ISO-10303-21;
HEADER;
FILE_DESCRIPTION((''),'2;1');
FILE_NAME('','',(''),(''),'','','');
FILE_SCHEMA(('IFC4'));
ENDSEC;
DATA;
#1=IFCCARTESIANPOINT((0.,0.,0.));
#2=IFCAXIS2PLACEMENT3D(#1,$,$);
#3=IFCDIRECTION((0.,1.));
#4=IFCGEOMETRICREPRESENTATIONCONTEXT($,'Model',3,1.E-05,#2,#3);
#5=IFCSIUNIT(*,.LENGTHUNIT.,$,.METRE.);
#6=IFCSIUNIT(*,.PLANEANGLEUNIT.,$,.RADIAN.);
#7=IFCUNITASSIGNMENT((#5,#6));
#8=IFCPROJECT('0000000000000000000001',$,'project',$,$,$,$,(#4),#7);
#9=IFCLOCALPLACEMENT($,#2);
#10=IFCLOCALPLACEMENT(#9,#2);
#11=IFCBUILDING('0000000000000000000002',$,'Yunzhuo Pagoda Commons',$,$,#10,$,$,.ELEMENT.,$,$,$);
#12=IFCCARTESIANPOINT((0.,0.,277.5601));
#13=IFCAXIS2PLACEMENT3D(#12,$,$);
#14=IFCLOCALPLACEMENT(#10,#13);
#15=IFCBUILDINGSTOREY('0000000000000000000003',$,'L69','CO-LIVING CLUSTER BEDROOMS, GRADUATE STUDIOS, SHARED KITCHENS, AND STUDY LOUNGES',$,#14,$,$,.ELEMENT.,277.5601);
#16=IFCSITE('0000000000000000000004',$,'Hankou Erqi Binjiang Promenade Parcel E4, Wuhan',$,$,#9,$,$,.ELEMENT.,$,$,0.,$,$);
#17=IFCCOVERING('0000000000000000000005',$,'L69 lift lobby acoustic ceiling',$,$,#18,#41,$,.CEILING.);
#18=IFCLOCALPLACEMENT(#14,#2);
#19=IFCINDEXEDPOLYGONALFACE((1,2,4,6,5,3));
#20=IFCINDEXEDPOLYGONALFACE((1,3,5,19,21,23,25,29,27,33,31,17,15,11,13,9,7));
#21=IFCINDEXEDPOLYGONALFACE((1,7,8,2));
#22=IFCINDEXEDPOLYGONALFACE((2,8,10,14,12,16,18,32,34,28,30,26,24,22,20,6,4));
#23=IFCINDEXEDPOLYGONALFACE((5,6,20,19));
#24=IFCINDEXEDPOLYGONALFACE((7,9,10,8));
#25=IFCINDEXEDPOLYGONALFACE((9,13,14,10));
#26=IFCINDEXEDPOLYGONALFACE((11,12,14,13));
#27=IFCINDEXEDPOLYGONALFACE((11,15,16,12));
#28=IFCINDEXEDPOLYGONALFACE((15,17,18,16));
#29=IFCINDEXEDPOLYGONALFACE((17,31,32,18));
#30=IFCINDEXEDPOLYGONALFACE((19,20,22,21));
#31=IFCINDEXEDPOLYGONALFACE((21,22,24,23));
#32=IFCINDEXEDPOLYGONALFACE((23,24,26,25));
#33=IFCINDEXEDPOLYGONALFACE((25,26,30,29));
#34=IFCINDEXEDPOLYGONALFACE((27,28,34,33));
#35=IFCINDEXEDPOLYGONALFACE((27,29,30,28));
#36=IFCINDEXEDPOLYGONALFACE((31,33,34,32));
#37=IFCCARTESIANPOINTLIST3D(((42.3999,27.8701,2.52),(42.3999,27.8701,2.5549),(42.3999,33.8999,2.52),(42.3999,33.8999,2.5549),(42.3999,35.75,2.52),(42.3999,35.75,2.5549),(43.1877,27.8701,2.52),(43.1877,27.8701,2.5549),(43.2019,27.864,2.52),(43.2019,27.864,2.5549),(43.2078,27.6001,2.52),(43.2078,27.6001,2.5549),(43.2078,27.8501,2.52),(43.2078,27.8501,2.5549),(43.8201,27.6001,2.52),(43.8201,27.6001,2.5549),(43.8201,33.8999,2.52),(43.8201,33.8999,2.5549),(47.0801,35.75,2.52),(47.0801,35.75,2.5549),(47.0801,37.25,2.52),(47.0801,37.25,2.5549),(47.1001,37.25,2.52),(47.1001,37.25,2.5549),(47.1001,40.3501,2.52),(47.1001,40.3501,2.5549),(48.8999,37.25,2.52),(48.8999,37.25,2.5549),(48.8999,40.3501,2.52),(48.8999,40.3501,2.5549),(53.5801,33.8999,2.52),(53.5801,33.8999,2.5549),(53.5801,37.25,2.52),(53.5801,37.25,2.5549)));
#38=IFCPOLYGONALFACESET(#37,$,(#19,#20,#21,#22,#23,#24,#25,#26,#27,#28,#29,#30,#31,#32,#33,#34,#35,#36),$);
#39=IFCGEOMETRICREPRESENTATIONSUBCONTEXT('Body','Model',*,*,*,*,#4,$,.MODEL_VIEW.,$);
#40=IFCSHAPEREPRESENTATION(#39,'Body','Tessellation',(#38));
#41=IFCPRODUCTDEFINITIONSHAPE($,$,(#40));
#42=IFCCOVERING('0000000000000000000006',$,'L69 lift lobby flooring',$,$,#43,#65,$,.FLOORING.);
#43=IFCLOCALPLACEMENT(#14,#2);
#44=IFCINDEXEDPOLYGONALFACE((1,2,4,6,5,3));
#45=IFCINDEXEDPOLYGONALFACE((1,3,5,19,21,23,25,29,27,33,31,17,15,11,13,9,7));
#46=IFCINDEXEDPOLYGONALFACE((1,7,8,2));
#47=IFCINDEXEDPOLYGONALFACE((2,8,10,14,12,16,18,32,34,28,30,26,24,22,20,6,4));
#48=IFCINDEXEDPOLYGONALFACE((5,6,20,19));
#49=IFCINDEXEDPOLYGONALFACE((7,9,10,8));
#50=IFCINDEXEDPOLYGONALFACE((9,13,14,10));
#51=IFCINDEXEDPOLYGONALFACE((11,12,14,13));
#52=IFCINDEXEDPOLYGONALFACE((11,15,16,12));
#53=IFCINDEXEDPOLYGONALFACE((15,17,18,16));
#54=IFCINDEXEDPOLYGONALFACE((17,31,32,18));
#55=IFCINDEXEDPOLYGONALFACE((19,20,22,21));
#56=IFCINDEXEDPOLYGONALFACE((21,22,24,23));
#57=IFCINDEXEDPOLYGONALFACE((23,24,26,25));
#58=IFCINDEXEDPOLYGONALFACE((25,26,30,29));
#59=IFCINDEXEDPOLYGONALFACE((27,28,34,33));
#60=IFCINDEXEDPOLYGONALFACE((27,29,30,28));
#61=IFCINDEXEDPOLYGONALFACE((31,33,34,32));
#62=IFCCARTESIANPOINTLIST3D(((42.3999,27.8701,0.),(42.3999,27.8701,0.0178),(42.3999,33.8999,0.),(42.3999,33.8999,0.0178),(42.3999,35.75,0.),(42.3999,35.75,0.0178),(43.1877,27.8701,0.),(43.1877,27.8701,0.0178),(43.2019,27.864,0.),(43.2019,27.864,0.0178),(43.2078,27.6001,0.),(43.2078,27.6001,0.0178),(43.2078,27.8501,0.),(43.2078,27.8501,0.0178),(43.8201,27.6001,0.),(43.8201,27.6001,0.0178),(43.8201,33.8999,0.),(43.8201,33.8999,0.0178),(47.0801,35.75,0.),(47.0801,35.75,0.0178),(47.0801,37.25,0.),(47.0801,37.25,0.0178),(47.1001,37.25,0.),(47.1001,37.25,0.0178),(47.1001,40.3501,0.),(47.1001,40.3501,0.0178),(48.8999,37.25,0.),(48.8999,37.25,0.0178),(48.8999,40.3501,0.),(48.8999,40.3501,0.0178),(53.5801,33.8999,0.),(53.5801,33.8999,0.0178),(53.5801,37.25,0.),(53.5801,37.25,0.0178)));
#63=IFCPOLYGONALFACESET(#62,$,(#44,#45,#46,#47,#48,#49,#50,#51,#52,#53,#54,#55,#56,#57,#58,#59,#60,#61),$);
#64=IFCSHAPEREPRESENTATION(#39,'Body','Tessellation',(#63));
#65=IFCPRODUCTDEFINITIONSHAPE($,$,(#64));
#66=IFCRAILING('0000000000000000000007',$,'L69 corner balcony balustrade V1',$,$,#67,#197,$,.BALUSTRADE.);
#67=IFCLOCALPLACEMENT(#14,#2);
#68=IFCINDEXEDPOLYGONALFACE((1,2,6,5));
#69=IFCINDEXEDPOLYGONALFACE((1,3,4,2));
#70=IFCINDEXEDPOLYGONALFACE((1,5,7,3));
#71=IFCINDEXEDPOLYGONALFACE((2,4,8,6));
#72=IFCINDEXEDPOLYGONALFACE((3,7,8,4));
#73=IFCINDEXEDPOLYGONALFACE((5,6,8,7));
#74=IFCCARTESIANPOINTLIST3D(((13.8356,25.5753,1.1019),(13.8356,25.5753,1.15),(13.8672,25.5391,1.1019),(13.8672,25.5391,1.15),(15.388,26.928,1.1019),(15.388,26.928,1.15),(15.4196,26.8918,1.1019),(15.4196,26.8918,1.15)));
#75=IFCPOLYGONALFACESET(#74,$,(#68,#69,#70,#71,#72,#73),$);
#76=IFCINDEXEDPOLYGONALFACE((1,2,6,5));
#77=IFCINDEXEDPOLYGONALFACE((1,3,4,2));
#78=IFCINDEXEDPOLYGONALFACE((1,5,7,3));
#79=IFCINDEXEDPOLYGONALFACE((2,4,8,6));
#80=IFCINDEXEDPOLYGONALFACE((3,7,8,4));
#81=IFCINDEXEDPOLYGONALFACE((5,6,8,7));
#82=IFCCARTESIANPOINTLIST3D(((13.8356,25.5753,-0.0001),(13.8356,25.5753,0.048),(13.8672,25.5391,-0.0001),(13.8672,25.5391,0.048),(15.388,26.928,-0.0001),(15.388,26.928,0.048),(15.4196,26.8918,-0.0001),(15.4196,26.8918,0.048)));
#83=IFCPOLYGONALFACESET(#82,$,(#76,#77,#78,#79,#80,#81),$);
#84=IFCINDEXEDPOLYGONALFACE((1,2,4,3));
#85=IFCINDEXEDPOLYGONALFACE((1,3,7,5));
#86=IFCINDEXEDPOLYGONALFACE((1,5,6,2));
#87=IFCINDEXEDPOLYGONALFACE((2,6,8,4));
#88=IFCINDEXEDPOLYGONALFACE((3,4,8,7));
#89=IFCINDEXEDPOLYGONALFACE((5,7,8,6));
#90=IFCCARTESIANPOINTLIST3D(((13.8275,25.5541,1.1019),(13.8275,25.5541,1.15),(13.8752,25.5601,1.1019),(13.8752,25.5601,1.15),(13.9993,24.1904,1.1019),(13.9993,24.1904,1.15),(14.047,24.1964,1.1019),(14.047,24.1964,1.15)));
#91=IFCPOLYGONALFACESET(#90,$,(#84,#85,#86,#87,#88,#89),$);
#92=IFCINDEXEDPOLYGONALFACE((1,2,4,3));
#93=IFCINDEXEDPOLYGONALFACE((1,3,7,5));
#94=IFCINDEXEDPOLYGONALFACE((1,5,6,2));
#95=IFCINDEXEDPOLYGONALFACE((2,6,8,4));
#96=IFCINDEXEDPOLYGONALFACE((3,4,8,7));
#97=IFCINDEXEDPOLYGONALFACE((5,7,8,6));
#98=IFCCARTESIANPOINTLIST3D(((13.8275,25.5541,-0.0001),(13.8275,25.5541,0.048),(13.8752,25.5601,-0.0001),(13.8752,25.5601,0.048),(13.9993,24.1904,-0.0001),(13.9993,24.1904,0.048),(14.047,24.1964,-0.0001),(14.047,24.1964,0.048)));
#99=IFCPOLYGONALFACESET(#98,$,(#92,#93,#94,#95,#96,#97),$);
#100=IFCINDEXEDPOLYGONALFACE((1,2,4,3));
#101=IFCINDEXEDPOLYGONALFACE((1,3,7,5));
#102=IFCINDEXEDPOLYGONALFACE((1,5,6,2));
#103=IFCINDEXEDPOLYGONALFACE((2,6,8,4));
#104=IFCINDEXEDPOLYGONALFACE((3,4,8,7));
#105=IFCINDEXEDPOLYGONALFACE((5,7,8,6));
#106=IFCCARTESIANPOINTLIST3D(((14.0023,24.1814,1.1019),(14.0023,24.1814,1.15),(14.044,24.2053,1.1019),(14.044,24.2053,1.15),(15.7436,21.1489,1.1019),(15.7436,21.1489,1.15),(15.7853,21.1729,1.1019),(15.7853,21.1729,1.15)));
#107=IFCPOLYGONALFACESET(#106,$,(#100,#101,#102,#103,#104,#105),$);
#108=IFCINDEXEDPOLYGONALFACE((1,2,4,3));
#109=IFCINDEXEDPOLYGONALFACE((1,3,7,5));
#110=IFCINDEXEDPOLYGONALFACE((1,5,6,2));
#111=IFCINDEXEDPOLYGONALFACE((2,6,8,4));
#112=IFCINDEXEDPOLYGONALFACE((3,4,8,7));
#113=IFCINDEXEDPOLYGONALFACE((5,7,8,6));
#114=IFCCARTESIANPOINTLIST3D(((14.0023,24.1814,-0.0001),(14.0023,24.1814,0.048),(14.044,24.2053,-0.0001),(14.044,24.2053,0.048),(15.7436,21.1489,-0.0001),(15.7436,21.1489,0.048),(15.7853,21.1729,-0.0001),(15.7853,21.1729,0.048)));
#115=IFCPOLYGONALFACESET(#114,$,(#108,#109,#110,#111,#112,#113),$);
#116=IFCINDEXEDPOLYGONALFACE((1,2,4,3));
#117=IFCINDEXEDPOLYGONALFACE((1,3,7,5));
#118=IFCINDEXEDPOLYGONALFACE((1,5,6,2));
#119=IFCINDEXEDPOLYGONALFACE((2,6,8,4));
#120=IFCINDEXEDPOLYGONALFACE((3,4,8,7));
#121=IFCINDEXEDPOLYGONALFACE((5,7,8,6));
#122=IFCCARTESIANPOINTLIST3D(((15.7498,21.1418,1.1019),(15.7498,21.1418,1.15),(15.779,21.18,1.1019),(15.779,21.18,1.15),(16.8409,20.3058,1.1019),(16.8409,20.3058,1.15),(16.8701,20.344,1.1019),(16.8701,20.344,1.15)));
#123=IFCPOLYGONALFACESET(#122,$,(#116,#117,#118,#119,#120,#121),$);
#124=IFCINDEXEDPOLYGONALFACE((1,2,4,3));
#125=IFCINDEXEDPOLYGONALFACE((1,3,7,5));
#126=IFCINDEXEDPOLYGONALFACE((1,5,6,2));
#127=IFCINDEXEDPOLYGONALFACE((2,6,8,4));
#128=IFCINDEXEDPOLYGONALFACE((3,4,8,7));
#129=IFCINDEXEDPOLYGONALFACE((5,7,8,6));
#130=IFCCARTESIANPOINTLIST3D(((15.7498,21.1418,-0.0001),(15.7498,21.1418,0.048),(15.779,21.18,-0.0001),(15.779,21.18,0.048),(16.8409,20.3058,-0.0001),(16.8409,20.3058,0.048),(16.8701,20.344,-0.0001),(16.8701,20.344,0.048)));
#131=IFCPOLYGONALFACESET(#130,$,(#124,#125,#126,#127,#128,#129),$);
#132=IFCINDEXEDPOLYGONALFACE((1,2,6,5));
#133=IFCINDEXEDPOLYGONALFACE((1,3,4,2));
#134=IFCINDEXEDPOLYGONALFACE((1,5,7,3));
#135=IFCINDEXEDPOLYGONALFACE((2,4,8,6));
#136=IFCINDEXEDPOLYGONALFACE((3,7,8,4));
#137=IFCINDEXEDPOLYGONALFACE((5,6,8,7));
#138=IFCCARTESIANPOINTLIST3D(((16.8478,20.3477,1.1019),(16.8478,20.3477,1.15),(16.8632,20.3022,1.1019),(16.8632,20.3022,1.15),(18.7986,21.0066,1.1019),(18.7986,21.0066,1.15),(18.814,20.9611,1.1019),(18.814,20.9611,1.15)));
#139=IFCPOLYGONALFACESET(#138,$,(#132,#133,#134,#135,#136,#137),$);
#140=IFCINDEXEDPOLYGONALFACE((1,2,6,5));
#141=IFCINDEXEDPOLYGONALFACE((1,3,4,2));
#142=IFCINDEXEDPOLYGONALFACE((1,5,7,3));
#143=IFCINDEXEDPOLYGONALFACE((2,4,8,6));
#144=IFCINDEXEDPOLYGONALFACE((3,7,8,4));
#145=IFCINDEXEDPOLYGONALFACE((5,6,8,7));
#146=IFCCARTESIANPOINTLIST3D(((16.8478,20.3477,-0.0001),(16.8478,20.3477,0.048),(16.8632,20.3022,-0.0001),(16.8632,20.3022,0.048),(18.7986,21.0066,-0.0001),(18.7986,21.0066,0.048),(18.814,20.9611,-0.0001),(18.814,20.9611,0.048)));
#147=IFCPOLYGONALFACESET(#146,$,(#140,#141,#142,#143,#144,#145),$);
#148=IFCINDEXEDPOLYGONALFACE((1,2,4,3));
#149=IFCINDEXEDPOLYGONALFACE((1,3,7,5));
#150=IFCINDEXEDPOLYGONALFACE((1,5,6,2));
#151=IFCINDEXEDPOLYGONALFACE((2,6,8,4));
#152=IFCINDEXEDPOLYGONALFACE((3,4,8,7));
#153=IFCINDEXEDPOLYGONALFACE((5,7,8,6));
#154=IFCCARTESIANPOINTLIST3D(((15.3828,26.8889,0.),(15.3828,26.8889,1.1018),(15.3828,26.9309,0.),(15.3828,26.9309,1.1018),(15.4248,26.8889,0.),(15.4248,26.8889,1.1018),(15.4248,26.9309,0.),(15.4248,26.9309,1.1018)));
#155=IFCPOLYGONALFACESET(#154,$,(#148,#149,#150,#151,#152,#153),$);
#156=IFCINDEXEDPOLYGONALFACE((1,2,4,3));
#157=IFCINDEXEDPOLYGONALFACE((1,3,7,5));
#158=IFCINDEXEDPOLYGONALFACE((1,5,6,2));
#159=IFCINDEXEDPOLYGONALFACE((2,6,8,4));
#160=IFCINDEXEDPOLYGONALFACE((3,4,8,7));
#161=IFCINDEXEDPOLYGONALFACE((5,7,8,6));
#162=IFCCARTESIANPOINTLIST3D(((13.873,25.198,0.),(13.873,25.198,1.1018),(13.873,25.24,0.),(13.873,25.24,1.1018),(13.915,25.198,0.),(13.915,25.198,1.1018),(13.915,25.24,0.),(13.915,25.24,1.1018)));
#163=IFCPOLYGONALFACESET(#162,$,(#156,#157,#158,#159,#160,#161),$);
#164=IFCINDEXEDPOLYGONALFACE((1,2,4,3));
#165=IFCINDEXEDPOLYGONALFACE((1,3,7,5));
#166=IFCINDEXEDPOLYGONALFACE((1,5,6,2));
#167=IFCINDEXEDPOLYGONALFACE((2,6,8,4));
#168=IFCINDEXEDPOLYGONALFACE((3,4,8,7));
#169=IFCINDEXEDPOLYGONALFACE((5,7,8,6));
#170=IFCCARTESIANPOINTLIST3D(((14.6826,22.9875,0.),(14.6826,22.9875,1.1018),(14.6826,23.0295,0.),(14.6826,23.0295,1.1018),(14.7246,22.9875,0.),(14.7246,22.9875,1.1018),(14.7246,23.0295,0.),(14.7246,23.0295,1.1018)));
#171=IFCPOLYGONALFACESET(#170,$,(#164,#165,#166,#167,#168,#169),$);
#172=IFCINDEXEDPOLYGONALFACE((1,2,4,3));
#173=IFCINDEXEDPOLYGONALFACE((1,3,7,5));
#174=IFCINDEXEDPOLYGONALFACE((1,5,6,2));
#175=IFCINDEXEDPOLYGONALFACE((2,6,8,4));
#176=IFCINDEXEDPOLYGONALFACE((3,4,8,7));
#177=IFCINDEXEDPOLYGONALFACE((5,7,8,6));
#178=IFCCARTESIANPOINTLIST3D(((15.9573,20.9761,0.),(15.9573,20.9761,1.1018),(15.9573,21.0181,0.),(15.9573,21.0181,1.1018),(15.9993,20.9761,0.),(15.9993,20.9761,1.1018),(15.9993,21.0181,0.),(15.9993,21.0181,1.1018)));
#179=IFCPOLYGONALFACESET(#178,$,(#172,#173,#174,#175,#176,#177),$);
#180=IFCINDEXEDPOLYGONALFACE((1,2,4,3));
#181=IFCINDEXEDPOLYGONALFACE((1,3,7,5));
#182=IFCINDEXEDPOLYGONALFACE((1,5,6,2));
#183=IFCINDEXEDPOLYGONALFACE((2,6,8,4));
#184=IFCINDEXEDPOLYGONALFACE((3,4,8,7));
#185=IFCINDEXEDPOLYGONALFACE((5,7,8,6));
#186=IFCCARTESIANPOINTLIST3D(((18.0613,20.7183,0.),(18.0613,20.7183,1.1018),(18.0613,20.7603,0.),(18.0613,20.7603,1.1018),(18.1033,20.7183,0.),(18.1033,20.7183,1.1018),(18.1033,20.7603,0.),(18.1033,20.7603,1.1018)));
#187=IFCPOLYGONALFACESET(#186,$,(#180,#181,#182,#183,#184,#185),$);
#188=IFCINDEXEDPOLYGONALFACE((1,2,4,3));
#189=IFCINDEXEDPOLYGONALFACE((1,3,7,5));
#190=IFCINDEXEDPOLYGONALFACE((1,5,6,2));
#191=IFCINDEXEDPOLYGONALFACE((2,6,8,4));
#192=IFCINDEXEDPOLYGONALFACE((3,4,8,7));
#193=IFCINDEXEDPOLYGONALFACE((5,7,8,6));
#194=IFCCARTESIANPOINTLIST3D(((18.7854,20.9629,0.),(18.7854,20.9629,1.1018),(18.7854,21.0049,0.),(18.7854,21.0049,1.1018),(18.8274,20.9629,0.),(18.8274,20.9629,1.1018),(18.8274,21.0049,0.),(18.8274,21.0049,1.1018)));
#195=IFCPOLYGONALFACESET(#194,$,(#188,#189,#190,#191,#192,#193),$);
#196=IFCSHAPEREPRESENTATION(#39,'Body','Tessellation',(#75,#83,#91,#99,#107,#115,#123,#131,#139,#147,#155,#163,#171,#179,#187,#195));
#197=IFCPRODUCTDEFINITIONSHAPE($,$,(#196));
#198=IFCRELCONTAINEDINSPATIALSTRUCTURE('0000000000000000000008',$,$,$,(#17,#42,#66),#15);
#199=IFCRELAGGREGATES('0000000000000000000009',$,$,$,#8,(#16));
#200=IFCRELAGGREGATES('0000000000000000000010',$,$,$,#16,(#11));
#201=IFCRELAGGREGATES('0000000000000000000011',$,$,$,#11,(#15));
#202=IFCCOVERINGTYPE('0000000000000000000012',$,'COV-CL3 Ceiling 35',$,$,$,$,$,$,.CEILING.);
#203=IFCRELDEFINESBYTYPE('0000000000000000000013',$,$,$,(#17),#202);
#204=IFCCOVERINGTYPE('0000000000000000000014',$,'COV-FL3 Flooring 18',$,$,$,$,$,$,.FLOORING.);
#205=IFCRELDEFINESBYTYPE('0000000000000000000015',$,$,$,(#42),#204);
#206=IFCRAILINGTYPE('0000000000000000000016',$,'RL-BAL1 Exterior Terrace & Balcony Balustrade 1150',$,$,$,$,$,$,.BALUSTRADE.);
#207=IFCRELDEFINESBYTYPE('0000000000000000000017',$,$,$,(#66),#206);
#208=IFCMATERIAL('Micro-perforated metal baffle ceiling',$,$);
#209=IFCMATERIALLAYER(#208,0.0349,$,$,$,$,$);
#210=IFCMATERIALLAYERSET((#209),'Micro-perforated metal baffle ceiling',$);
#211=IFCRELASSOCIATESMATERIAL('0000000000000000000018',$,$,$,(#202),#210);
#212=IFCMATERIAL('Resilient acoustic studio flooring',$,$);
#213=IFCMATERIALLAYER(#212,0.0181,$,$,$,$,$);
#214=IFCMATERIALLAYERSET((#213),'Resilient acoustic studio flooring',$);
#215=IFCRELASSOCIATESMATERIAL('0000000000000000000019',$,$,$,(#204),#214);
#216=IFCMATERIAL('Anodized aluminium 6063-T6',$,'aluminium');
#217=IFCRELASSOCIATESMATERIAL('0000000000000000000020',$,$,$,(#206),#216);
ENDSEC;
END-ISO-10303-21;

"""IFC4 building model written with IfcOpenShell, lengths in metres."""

from ifc_helpers import new_model, si_unit, direction, frame, origin, origin_2d, place, context, subcontext, project, spatial, polyline, rectangle, outline, extrude, material, layer, layer_set, type_object, element, save


model = new_model("IFC4")

# Units and contexts
model_context = context("Model", 3, precision=1e-05, world=origin(), true_north=direction((0.0, 1.0)))
body_context = subcontext(model_context, "Body", "Model", "MODEL_VIEW")
ifc_project = project(units=[si_unit("LENGTHUNIT", "METRE"), si_unit("PLANEANGLEUNIT", "RADIAN")], contexts=[model_context])

# Site, building, storey
site_placement = place(None, origin())
site = spatial("IfcSite", under=ifc_project, at=site_placement, Name="Hankou Erqi Binjiang Promenade Parcel E4, Wuhan", CompositionType="ELEMENT", RefElevation=0.0)
building_placement = place(site_placement, origin())
building = spatial("IfcBuilding", under=site, at=building_placement, Name="Yunzhuo Pagoda Commons", CompositionType="ELEMENT")
storey_placement = place(building_placement, frame((0.0, 0.0, 277.5601)))
storey = spatial("IfcBuildingStorey", under=building, at=storey_placement, Name="L69", Description="CO-LIVING CLUSTER BEDROOMS, GRADUATE STUDIOS, SHARED KITCHENS, AND STUDY LOUNGES", CompositionType="ELEMENT", Elevation=277.5601)

# Shared definitions
ifc_material_1 = material(Name="Anodized aluminium 6063-T6", Category="aluminium")

# Coverings
ifc_material_2 = material(Name="Micro-perforated metal baffle ceiling")
ifc_layer_1 = layer(ifc_material_2, 0.0349)
ifc_layer_set_1 = layer_set([ifc_layer_1], Name="Micro-perforated metal baffle ceiling")
covering_type_1 = type_object("IfcCoveringType", Name="COV-CL3 Ceiling 35", PredefinedType="CEILING", material=ifc_layer_set_1)
covering_1_placement = place(storey_placement, frame((0.0, 0.0, 2.52)))
element("IfcCovering", 1, at=covering_1_placement, inside=storey, type_object=covering_type_1, Name="L69 lift lobby acoustic ceiling", PredefinedType="CEILING", context=body_context, shape_type="SweptSolid", body=[
    extrude(outline(polyline([(42.3999, 35.75), (47.0801, 35.75), (47.0801, 37.25), (47.1001, 37.25), (47.1001, 40.3501), (48.8999, 40.3501), (48.8999, 37.25), (53.5801, 37.25), (53.5801, 33.8999), (43.8201, 33.8999), (43.8201, 27.6001), (43.2078, 27.6001), (43.2078, 27.8501), (43.2019, 27.864), (43.1877, 27.8701), (42.3999, 27.8701), (42.3999, 33.8999), (42.3999, 35.75)])), origin(), (0.0, 0.0, 1.0), 0.0349),
])
ifc_material_3 = material(Name="Resilient acoustic studio flooring")
ifc_layer_2 = layer(ifc_material_3, 0.0181)
ifc_layer_set_2 = layer_set([ifc_layer_2], Name="Resilient acoustic studio flooring")
covering_type_2 = type_object("IfcCoveringType", Name="COV-FL3 Flooring 18", PredefinedType="FLOORING", material=ifc_layer_set_2)
covering_2_placement = place(storey_placement, origin())
element("IfcCovering", 2, at=covering_2_placement, inside=storey, type_object=covering_type_2, Name="L69 lift lobby flooring", PredefinedType="FLOORING", context=body_context, shape_type="SweptSolid", body=[
    extrude(outline(polyline([(42.3999, 35.75), (47.0801, 35.75), (47.0801, 37.25), (47.1001, 37.25), (47.1001, 40.3501), (48.8999, 40.3501), (48.8999, 37.25), (53.5801, 37.25), (53.5801, 33.8999), (43.8201, 33.8999), (43.8201, 27.6001), (43.2078, 27.6001), (43.2078, 27.8501), (43.2019, 27.864), (43.1877, 27.8701), (42.3999, 27.8701), (42.3999, 33.8999), (42.3999, 35.75)])), origin(), (0.0, 0.0, 1.0), 0.0178),
])

# Railing
railing_type = type_object("IfcRailingType", Name="RL-BAL1 Exterior Terrace & Balcony Balustrade 1150", PredefinedType="BALUSTRADE", material=ifc_material_1)
railing_placement = place(storey_placement, frame((15.4038, 26.9099, 0.0)))
element("IfcRailing", 3, at=railing_placement, inside=storey, type_object=railing_type, Name="L69 corner balcony balustrade V1", PredefinedType="BALUSTRADE", context=body_context, shape_type="SweptSolid", body=[
    extrude(rectangle(XDim=0.0481, YDim=0.0481, at=origin_2d()), frame((0.0, 0.0, 1.126), z_axis=(-0.753934, -0.65695, 0.0), x_axis=(0.65695, -0.753934, 0.0)), (0.0, 0.0, 1.0), 2.0591),
    extrude(rectangle(XDim=0.0481, YDim=0.0481, at=origin_2d()), frame((0.0, 0.0, 0.0239), z_axis=(-0.753934, -0.65695, 0.0), x_axis=(0.65695, -0.753934, 0.0)), (0.0, 0.0, 1.0), 2.0591),
    extrude(rectangle(XDim=0.0481, YDim=0.0481, at=origin_2d()), frame((-1.5525, -1.3528, 1.126), z_axis=(0.12504, -0.992152, 0.0), x_axis=(0.992152, 0.12504, 0.0)), (0.0, 0.0, 1.0), 1.3745),
    extrude(rectangle(XDim=0.0481, YDim=0.0481, at=origin_2d()), frame((-1.5525, -1.3528, 0.0239), z_axis=(0.12504, -0.992152, 0.0), x_axis=(0.992152, 0.12504, 0.0)), (0.0, 0.0, 1.0), 1.3745),
    extrude(rectangle(XDim=0.0481, YDim=0.0481, at=origin_2d()), frame((-1.3806, -2.7166, 1.126), z_axis=(0.497942, -0.86721, 0.0), x_axis=(0.86721, 0.497942, 0.0)), (0.0, 0.0, 1.0), 3.4968),
    extrude(rectangle(XDim=0.0481, YDim=0.0481, at=origin_2d()), frame((-1.3806, -2.7166, 0.0239), z_axis=(0.497942, -0.86721, 0.0), x_axis=(0.86721, 0.497942, 0.0)), (0.0, 0.0, 1.0), 3.4968),
    extrude(rectangle(XDim=0.0481, YDim=0.0481, at=origin_2d()), frame((0.3606, -5.749, 1.126), z_axis=(0.793798, -0.608182, 0.0), x_axis=(0.608182, 0.793798, 0.0)), (0.0, 0.0, 1.0), 1.3745),
    extrude(rectangle(XDim=0.0481, YDim=0.0481, at=origin_2d()), frame((0.3606, -5.749, 0.0239), z_axis=(0.793798, -0.608182, 0.0), x_axis=(0.608182, 0.793798, 0.0)), (0.0, 0.0, 1.0), 1.3745),
    extrude(rectangle(XDim=0.0481, YDim=0.0481, at=origin_2d()), frame((1.4517, -6.585, 1.126), z_axis=(0.947419, 0.319996, 0.0), x_axis=(-0.319996, 0.947419, 0.0)), (0.0, 0.0, 1.0), 2.0591),
    extrude(rectangle(XDim=0.0481, YDim=0.0481, at=origin_2d()), frame((1.4517, -6.585, 0.0239), z_axis=(0.947419, 0.319996, 0.0), x_axis=(-0.319996, 0.947419, 0.0)), (0.0, 0.0, 1.0), 2.0591),
    extrude(rectangle(XDim=0.042, YDim=0.042, at=origin_2d()), origin(), (0.0, 0.0, 1.0), 1.1018),
    extrude(rectangle(XDim=0.042, YDim=0.042, at=origin_2d()), frame((-1.5098, -1.6909, 0.0)), (0.0, 0.0, 1.0), 1.1018),
    extrude(rectangle(XDim=0.042, YDim=0.042, at=origin_2d()), frame((-0.7002, -3.9014, 0.0)), (0.0, 0.0, 1.0), 1.1018),
    extrude(rectangle(XDim=0.042, YDim=0.042, at=origin_2d()), frame((0.5745, -5.9128, 0.0)), (0.0, 0.0, 1.0), 1.1018),
    extrude(rectangle(XDim=0.042, YDim=0.042, at=origin_2d()), frame((2.6785, -6.1707, 0.0)), (0.0, 0.0, 1.0), 1.1018),
    extrude(rectangle(XDim=0.042, YDim=0.042, at=origin_2d()), frame((3.4026, -5.926, 0.0)), (0.0, 0.0, 1.0), 1.1018),
])

save(model, "model.ifc")
